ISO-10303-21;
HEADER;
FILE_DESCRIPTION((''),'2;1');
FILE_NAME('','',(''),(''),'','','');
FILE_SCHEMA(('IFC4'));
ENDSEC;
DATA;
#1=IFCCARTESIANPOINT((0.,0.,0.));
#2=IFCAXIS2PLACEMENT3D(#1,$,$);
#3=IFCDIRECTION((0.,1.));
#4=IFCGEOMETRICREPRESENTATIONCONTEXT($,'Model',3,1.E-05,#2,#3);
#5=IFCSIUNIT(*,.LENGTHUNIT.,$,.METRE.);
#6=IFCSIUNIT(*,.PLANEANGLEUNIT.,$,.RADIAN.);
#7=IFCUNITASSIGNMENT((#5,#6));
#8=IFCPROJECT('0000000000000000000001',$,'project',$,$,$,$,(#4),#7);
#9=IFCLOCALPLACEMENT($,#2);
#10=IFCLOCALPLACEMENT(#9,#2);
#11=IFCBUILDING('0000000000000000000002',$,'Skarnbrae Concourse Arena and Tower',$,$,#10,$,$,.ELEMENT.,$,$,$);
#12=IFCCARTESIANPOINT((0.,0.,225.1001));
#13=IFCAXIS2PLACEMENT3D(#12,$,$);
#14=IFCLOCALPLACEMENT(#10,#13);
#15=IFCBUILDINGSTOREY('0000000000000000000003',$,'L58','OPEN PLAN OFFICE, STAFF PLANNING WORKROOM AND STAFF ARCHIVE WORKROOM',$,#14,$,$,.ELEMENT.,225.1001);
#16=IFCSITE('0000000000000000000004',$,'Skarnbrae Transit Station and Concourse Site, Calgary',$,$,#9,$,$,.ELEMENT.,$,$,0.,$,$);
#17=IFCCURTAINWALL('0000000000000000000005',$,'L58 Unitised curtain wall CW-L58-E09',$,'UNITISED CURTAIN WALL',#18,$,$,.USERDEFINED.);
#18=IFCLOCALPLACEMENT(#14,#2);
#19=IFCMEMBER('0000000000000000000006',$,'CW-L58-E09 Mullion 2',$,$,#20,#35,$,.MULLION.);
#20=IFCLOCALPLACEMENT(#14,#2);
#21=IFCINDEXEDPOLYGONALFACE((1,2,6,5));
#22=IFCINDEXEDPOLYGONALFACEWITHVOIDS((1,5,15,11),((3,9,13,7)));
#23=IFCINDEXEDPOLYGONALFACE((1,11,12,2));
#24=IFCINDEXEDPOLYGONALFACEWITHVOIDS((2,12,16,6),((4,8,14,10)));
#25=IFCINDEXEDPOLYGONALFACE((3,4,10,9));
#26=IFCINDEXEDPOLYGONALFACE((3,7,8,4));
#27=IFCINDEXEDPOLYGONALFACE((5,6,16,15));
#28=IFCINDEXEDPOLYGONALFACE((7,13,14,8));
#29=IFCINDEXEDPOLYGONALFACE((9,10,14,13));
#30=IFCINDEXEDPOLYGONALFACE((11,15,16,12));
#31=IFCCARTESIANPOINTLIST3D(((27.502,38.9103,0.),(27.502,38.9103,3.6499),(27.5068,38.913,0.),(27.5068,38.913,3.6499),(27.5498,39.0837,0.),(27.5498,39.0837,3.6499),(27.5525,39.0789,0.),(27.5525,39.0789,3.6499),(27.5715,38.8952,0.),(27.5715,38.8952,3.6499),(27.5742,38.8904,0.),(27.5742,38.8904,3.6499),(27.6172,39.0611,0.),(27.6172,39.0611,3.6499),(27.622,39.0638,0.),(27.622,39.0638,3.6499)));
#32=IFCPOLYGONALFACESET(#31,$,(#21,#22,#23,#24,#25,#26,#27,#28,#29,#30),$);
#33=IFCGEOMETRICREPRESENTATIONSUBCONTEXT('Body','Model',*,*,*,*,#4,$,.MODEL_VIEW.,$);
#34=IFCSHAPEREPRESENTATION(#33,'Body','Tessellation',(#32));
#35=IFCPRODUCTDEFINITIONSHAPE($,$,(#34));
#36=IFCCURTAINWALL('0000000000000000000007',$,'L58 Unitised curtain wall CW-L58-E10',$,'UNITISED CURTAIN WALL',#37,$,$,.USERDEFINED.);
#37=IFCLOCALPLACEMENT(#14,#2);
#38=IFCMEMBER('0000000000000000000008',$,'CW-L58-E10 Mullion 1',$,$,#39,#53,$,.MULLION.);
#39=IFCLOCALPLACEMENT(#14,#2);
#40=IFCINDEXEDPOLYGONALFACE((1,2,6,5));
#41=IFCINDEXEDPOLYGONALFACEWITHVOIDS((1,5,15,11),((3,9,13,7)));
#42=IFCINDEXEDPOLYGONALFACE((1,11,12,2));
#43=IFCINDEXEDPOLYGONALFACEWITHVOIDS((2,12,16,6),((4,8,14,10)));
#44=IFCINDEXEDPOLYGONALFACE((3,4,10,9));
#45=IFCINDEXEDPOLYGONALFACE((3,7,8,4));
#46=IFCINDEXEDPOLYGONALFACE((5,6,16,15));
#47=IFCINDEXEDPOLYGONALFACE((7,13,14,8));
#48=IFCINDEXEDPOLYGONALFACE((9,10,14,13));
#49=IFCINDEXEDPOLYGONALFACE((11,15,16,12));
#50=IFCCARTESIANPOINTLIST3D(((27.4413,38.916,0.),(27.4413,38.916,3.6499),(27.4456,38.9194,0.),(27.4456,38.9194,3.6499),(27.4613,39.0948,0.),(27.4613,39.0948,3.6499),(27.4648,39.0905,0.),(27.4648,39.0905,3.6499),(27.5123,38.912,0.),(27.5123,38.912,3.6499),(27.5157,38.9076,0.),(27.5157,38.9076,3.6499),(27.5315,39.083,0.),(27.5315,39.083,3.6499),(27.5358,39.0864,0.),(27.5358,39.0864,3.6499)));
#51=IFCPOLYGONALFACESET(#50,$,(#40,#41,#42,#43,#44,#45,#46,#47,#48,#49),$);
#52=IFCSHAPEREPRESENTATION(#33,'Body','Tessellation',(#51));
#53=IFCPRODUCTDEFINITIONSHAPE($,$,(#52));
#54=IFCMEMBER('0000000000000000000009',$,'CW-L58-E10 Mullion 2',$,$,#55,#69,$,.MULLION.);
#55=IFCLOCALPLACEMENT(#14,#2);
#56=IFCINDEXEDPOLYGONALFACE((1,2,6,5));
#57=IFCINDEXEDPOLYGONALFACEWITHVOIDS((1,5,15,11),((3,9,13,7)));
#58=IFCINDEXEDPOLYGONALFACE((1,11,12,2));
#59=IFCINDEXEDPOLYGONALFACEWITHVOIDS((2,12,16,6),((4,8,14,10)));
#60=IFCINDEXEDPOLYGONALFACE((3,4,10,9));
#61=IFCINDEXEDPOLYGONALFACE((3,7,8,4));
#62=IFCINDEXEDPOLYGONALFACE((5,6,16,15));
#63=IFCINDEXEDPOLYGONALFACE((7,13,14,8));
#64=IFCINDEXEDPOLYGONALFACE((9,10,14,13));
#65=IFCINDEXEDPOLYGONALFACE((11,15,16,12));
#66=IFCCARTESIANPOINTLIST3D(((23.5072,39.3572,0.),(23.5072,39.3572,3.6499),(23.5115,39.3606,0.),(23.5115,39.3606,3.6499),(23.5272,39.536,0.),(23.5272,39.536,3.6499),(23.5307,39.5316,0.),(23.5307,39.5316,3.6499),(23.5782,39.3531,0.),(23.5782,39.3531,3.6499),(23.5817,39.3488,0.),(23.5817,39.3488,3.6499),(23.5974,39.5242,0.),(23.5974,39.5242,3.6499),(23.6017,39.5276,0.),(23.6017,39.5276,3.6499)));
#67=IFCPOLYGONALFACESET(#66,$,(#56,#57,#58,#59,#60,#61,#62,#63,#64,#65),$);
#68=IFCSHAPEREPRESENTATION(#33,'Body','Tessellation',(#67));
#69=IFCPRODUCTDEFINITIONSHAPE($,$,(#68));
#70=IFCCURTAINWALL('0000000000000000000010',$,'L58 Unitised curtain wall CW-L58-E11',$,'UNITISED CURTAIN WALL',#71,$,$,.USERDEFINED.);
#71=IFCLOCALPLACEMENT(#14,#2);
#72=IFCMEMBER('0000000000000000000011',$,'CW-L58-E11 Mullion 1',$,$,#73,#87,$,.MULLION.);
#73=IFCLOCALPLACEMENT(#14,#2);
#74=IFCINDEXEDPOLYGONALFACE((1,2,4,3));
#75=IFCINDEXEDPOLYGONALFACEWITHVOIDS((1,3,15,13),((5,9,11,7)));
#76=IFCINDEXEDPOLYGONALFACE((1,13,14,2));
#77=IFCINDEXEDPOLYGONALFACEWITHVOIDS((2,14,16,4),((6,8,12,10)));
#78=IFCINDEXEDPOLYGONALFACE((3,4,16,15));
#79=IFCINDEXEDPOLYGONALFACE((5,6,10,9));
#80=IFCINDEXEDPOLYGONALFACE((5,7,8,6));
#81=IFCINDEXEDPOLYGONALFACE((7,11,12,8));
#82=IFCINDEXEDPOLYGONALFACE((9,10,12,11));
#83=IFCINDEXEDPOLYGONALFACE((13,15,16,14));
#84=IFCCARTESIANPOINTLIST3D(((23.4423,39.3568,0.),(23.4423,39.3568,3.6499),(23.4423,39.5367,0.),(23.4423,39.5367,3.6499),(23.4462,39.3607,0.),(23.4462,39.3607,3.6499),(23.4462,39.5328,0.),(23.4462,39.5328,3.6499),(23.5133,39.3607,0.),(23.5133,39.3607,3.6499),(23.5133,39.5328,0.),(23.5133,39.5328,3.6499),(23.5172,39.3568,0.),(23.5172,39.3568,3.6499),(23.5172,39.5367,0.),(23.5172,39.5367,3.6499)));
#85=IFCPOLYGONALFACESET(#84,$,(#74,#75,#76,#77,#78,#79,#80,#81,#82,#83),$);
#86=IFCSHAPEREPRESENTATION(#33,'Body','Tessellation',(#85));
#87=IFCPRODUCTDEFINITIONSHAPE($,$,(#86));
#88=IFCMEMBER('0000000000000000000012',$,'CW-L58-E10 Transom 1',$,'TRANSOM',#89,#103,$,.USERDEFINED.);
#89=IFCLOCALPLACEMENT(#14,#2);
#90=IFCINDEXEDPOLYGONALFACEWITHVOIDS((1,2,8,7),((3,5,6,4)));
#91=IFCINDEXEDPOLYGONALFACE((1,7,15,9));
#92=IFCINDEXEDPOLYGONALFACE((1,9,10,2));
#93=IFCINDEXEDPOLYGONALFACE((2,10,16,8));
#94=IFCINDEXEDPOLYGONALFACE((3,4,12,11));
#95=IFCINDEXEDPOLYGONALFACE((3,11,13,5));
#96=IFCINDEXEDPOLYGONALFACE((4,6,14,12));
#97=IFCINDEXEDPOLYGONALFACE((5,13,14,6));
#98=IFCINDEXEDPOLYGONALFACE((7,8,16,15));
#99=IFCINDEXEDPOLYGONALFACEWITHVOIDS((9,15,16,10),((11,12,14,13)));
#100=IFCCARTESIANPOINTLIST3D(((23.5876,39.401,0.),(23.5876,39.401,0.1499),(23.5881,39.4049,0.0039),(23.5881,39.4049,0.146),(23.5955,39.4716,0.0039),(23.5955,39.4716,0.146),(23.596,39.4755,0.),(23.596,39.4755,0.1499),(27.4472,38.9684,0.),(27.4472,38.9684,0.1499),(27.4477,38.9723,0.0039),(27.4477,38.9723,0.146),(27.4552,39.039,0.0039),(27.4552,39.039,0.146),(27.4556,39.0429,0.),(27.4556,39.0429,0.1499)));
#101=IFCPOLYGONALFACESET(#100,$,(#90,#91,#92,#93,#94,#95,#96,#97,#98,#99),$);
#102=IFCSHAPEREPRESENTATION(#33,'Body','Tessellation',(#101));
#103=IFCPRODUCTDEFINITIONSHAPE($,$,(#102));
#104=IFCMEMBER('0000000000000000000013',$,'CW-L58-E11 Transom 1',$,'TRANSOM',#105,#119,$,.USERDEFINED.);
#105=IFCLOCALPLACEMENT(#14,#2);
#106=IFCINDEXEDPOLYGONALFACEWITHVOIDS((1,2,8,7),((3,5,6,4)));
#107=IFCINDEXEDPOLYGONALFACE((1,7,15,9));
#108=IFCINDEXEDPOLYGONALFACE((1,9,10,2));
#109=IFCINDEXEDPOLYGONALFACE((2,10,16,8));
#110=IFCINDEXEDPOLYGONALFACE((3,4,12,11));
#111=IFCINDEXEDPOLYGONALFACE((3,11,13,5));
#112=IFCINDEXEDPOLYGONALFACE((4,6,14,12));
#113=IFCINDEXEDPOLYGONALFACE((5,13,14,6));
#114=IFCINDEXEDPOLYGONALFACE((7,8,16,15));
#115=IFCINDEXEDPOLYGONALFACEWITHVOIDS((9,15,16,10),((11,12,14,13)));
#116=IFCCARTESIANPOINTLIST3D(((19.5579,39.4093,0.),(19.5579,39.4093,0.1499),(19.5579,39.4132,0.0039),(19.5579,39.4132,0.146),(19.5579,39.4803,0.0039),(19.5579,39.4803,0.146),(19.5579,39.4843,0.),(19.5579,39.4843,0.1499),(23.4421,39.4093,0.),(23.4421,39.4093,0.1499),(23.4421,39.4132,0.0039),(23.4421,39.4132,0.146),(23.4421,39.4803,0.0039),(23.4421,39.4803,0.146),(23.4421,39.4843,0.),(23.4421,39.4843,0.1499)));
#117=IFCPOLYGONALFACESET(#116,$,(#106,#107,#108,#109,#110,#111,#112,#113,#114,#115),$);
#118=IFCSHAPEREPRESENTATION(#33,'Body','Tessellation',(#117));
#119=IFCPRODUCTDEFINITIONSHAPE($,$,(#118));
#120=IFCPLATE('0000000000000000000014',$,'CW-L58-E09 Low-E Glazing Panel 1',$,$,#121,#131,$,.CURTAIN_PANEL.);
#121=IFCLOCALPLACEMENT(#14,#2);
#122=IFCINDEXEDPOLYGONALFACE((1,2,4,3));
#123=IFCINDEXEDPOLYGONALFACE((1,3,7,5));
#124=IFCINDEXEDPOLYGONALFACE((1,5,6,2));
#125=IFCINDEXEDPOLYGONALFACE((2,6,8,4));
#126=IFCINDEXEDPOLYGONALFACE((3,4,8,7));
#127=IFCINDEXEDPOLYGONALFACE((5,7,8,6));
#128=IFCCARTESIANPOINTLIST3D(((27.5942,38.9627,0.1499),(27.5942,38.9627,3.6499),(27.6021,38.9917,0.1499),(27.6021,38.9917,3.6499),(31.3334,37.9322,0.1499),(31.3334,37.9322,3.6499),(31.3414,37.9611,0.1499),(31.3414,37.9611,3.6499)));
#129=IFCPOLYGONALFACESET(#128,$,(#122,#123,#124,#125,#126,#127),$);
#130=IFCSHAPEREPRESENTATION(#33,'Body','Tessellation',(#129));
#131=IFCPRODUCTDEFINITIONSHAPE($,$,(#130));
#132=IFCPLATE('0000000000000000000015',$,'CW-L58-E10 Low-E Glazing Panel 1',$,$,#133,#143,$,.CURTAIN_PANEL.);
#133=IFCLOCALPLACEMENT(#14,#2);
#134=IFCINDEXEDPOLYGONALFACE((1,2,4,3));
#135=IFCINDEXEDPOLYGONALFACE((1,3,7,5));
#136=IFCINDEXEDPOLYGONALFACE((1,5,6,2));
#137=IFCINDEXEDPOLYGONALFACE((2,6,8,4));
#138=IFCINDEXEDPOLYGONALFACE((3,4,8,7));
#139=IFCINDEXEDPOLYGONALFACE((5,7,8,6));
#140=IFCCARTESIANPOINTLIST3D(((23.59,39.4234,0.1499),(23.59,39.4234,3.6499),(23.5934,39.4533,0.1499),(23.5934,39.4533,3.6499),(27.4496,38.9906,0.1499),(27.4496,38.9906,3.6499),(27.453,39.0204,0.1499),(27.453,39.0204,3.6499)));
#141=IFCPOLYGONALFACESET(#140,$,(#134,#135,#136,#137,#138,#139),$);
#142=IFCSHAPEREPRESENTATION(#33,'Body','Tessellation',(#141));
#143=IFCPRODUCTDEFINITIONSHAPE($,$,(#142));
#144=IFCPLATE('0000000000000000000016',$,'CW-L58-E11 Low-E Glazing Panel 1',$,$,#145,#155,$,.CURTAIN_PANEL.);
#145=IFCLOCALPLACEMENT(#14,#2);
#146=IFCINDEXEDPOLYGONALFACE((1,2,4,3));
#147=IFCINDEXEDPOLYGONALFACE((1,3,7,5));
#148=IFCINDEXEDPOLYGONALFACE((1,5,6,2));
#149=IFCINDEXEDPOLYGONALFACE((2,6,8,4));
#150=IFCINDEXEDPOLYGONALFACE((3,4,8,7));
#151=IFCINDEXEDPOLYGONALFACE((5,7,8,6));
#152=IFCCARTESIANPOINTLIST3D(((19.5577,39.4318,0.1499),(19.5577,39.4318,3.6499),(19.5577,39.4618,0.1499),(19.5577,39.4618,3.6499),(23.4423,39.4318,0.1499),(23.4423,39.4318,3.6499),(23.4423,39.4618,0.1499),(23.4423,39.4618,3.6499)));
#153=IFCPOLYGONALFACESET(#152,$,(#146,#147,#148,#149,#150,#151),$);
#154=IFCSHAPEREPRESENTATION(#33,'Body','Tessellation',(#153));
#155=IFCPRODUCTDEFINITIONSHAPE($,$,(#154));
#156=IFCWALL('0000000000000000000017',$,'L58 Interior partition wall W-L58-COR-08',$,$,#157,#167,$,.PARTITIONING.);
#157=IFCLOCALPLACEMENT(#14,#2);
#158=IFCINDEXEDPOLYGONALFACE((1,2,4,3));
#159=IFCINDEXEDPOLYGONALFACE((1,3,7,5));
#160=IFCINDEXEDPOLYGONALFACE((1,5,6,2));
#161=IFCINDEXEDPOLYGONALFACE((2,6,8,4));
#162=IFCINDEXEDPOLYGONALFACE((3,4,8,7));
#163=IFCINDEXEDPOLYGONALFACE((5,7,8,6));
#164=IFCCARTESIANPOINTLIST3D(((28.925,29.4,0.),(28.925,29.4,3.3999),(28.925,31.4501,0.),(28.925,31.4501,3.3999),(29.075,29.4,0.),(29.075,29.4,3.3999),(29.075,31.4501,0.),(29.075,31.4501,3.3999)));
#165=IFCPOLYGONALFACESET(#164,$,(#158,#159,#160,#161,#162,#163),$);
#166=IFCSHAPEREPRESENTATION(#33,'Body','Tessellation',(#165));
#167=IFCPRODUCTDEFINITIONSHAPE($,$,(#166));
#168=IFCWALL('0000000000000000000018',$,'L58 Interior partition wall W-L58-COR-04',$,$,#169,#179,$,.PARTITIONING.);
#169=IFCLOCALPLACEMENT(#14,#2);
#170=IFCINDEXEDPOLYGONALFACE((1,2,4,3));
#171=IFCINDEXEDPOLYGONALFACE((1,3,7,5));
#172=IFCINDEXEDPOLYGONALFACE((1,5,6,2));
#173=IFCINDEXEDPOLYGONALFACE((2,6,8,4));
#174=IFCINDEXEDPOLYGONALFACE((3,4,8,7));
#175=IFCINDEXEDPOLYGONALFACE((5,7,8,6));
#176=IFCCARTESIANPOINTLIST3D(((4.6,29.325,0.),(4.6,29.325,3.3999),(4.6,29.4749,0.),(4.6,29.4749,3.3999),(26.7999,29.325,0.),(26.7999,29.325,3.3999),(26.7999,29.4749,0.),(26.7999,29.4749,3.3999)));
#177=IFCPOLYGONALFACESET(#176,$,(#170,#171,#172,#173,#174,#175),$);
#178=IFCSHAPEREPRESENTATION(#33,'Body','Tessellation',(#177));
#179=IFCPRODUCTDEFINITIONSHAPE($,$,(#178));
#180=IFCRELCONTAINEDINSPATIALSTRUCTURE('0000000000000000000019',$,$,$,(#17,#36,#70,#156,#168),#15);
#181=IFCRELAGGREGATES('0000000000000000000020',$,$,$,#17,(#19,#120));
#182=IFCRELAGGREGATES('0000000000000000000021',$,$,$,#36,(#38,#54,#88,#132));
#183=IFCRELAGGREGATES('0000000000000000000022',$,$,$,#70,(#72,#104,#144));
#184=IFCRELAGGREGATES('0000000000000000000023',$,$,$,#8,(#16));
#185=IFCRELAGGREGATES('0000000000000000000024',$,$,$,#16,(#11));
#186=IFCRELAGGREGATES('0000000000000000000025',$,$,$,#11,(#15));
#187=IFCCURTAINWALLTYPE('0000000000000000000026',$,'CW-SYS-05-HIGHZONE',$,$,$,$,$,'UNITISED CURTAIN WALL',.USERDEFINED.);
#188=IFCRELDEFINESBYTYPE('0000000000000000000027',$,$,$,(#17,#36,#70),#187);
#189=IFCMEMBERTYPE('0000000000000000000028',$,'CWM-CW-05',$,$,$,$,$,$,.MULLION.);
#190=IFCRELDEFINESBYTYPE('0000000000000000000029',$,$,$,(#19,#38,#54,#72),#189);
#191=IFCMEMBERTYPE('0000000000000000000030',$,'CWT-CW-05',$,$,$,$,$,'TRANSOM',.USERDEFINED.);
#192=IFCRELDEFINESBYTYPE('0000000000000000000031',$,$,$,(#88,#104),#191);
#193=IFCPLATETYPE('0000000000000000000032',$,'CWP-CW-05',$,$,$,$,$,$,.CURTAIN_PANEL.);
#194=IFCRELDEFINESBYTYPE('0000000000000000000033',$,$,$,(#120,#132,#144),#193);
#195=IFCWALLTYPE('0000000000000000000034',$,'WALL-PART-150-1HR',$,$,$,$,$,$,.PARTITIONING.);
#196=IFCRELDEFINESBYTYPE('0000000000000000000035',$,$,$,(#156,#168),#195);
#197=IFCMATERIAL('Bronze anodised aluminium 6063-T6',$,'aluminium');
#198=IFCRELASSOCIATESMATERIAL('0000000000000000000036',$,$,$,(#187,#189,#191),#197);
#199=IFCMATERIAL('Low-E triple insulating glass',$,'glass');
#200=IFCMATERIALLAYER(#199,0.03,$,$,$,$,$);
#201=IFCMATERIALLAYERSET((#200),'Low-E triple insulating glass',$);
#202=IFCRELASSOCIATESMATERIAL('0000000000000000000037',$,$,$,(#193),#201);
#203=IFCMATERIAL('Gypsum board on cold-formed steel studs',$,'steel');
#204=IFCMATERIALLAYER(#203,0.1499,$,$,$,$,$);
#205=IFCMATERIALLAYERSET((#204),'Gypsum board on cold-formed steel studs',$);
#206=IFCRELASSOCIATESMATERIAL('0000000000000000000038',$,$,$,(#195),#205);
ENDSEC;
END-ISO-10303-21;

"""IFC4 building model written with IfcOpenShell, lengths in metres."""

from ifc_helpers import new_model, si_unit, direction, frame, frame_2d, origin, origin_2d, place, context, subcontext, project, spatial, rectangle, hollow_rectangle, extrude, source, transform, mapped, material, layer, layer_set, material_profile, profile_set, type_object, element, aggregate, save


model = new_model("IFC4")

# Units and contexts
model_context = context("Model", 3, precision=1e-05, world=origin(), true_north=direction((0.0, 1.0)))
body_context = subcontext(model_context, "Body", "Model", "MODEL_VIEW")
ifc_project = project(units=[si_unit("LENGTHUNIT", "METRE"), si_unit("PLANEANGLEUNIT", "RADIAN")], contexts=[model_context])

# Site, building, storey
site_placement = place(None, origin())
site = spatial("IfcSite", under=ifc_project, at=site_placement, Name="Skarnbrae Transit Station and Concourse Site, Calgary", CompositionType="ELEMENT", RefElevation=0.0)
building_placement = place(site_placement, origin())
building = spatial("IfcBuilding", under=site, at=building_placement, Name="Skarnbrae Concourse Arena and Tower", CompositionType="ELEMENT")
storey_placement = place(building_placement, frame((0.0, 0.0, 225.1001)))
storey = spatial("IfcBuildingStorey", under=building, at=storey_placement, Name="L58", Description="OPEN PLAN OFFICE, STAFF PLANNING WORKROOM AND STAFF ARCHIVE WORKROOM", CompositionType="ELEMENT", Elevation=225.1001)

# Curtain wall, member
ifc_material_1 = material(Name="Bronze anodised aluminium 6063-T6", Category="aluminium")
curtain_wall_type = type_object("IfcCurtainWallType", Name="CW-SYS-05-HIGHZONE", ElementType="UNITISED CURTAIN WALL", PredefinedType="USERDEFINED", material=ifc_material_1)
curtain_wall_1_placement = place(storey_placement, origin())
curtain_wall_1 = element("IfcCurtainWall", 1, at=curtain_wall_1_placement, inside=storey, type_object=curtain_wall_type, Name="L58 Unitised curtain wall CW-L58-E09", ObjectType="UNITISED CURTAIN WALL", PredefinedType="USERDEFINED")
ifc_material_profile_1 = material_profile(ifc_material_1, hollow_rectangle(XDim=0.075, YDim=0.1799, WallThickness=0.0039, at=origin_2d()), Name="ALU-MULL-75X180")
ifc_profile_set_1 = profile_set([ifc_material_profile_1], Name="Bronze anodised aluminium 6063-T6")
member_type_1 = type_object("IfcMemberType", Name="CWM-CW-05", PredefinedType="MULLION", material=ifc_profile_set_1)
shared_shape_1 = source(origin(), body_context, "Body", "SweptSolid", [
    extrude(hollow_rectangle(XDim=0.075, YDim=0.1799, WallThickness=0.0039, at=origin_2d()), origin(), (0.0, 0.0, 1.0), 3.6499),
])
member_1_placement = place(storey_placement, frame((27.562, 38.9871, 0.0), z_axis=(0.0, 0.0, 1.0), x_axis=(-0.964057, 0.265694, 0.0)))
member_1 = element("IfcMember", 2, at=member_1_placement, type_object=member_type_1, Name="CW-L58-E09 Mullion 2", PredefinedType="MULLION", context=body_context, shape_type="MappedRepresentation", body=[
    mapped(shared_shape_1, transform((0.0, 0.0, 0.0))),
])

# Curtain wall, members
curtain_wall_2_placement = place(storey_placement, origin())
curtain_wall_2 = element("IfcCurtainWall", 3, at=curtain_wall_2_placement, inside=storey, type_object=curtain_wall_type, Name="L58 Unitised curtain wall CW-L58-E10", ObjectType="UNITISED CURTAIN WALL", PredefinedType="USERDEFINED")
member_2_placement = place(storey_placement, frame((27.4885, 39.0012, 0.0), z_axis=(0.0, 0.0, 1.0), x_axis=(-0.993769, 0.11146, 0.0)))
member_2 = element("IfcMember", 4, at=member_2_placement, type_object=member_type_1, Name="CW-L58-E10 Mullion 1", PredefinedType="MULLION", context=body_context, shape_type="MappedRepresentation", body=[
    mapped(shared_shape_1, transform((0.0, 0.0, 0.0))),
])
member_3_placement = place(storey_placement, frame((23.5544, 39.4424, 0.0), z_axis=(0.0, 0.0, 1.0), x_axis=(-0.993769, 0.11146, 0.0)))
member_3 = element("IfcMember", 5, at=member_3_placement, type_object=member_type_1, Name="CW-L58-E10 Mullion 2", PredefinedType="MULLION", context=body_context, shape_type="MappedRepresentation", body=[
    mapped(shared_shape_1, transform((0.0, 0.0, 0.0))),
])

# Curtain wall, member
curtain_wall_3_placement = place(storey_placement, origin())
curtain_wall_3 = element("IfcCurtainWall", 6, at=curtain_wall_3_placement, inside=storey, type_object=curtain_wall_type, Name="L58 Unitised curtain wall CW-L58-E11", ObjectType="UNITISED CURTAIN WALL", PredefinedType="USERDEFINED")
member_4_placement = place(storey_placement, frame((23.4797, 39.4468, 0.0), z_axis=(0.0, 0.0, 1.0), x_axis=(-1.0, 0.0, 0.0)))
member_4 = element("IfcMember", 7, at=member_4_placement, type_object=member_type_1, Name="CW-L58-E11 Mullion 1", PredefinedType="MULLION", context=body_context, shape_type="MappedRepresentation", body=[
    mapped(shared_shape_1, transform((0.0, 0.0, 0.0))),
])

# Members
ifc_material_profile_2 = material_profile(ifc_material_1, hollow_rectangle(XDim=0.075, YDim=0.1499, WallThickness=0.0039, at=origin_2d()), Name="ALU-TRAN-75X150")
ifc_profile_set_2 = profile_set([ifc_material_profile_2], Name="Bronze anodised aluminium 6063-T6")
member_type_2 = type_object("IfcMemberType", Name="CWT-CW-05", ElementType="TRANSOM", PredefinedType="USERDEFINED", material=ifc_profile_set_2)
shared_shape_2 = source(origin(), body_context, "Body", "SweptSolid", [
    extrude(hollow_rectangle(XDim=0.075, YDim=0.1499, WallThickness=0.0039, at=origin_2d()), origin(), (0.0, 0.0, 1.0), 3.8838),
])
member_5_placement = place(storey_placement, frame((27.4514, 39.0056, 0.075), z_axis=(-0.993777, 0.11139, 0.0), x_axis=(-0.11139, -0.993777, 0.0)))
member_5 = element("IfcMember", 8, at=member_5_placement, type_object=member_type_2, Name="CW-L58-E10 Transom 1", ObjectType="TRANSOM", PredefinedType="USERDEFINED", context=body_context, shape_type="MappedRepresentation", body=[
    mapped(shared_shape_2, transform((0.0, 0.0, 0.0))),
])
shared_shape_3 = source(origin(), body_context, "Body", "SweptSolid", [
    extrude(hollow_rectangle(XDim=0.075, YDim=0.1499, WallThickness=0.0039, at=origin_2d()), origin(), (0.0, 0.0, 1.0), 3.8843),
])
member_6_placement = place(storey_placement, frame((23.4421, 39.4468, 0.075), z_axis=(-1.0, 0.0, 0.0), x_axis=(0.0, -1.0, 0.0)))
member_6 = element("IfcMember", 9, at=member_6_placement, type_object=member_type_2, Name="CW-L58-E11 Transom 1", ObjectType="TRANSOM", PredefinedType="USERDEFINED", context=body_context, shape_type="MappedRepresentation", body=[
    mapped(shared_shape_3, transform((0.0, 0.0, 0.0))),
])

# Plates
ifc_material_2 = material(Name="Low-E triple insulating glass", Category="glass")
ifc_layer_1 = layer(ifc_material_2, 0.03)
ifc_layer_set_1 = layer_set([ifc_layer_1], Name="Low-E triple insulating glass")
plate_type = type_object("IfcPlateType", Name="CWP-CW-05", PredefinedType="CURTAIN_PANEL", material=ifc_layer_set_1)
shared_shape_4 = source(origin(), body_context, "Body", "SweptSolid", [
    extrude(rectangle(XDim=3.8787, YDim=0.03, at=origin_2d()), origin(), (0.0, 0.0, 1.0), 3.5),
])
plate_1_placement = place(storey_placement, frame((29.4678, 38.4619, 0.1499), z_axis=(0.0, 0.0, 1.0), x_axis=(-0.964057, 0.265694, 0.0)))
plate_1 = element("IfcPlate", 10, at=plate_1_placement, type_object=plate_type, Name="CW-L58-E09 Low-E Glazing Panel 1", PredefinedType="CURTAIN_PANEL", context=body_context, shape_type="MappedRepresentation", body=[
    mapped(shared_shape_4, transform((0.0, 0.0, 0.0))),
])
aggregate(curtain_wall_1, [member_1, plate_1])
shared_shape_5 = source(origin(), body_context, "Body", "SweptSolid", [
    extrude(rectangle(XDim=3.8838, YDim=0.03, at=origin_2d()), origin(), (0.0, 0.0, 1.0), 3.5),
])
plate_2_placement = place(storey_placement, frame((25.5215, 39.2219, 0.1499), z_axis=(0.0, 0.0, 1.0), x_axis=(-0.993769, 0.11146, 0.0)))
plate_2 = element("IfcPlate", 11, at=plate_2_placement, type_object=plate_type, Name="CW-L58-E10 Low-E Glazing Panel 1", PredefinedType="CURTAIN_PANEL", context=body_context, shape_type="MappedRepresentation", body=[
    mapped(shared_shape_5, transform((0.0, 0.0, 0.0))),
])
aggregate(curtain_wall_2, [member_2, member_3, member_5, plate_2])
shared_shape_6 = source(origin(), body_context, "Body", "SweptSolid", [
    extrude(rectangle(XDim=3.8845, YDim=0.03, at=origin_2d()), origin(), (0.0, 0.0, 1.0), 3.5),
])
plate_3_placement = place(storey_placement, frame((21.5, 39.4468, 0.1499), z_axis=(0.0, 0.0, 1.0), x_axis=(-1.0, 0.0, 0.0)))
plate_3 = element("IfcPlate", 12, at=plate_3_placement, type_object=plate_type, Name="CW-L58-E11 Low-E Glazing Panel 1", PredefinedType="CURTAIN_PANEL", context=body_context, shape_type="MappedRepresentation", body=[
    mapped(shared_shape_6, transform((0.0, 0.0, 0.0))),
])
aggregate(curtain_wall_3, [member_4, member_6, plate_3])

# Wall
ifc_material_3 = material(Name="Gypsum board on cold-formed steel studs", Category="steel")
ifc_layer_2 = layer(ifc_material_3, 0.1499)
ifc_layer_set_2 = layer_set([ifc_layer_2], Name="Gypsum board on cold-formed steel studs")
wall_type_1 = type_object("IfcWallType", Name="WALL-PART-150-1HR", PredefinedType="PARTITIONING", material=ifc_layer_set_2)
shared_shape_7 = source(origin(), body_context, "Body", "SweptSolid", [
    extrude(rectangle(XDim=2.05, YDim=0.1499, at=frame_2d((1.0249, 0.0))), origin(), (0.0, 0.0, 1.0), 3.3999),
])
wall_1_placement = place(storey_placement, frame((29.0, 31.45, 0.0), z_axis=(0.0, 0.0, 1.0), x_axis=(0.0, -1.0, 0.0)))
element("IfcWall", 13, at=wall_1_placement, inside=storey, type_object=wall_type_1, Name="L58 Interior partition wall W-L58-COR-08", PredefinedType="PARTITIONING", context=body_context, shape_type="MappedRepresentation", body=[
    mapped(shared_shape_7, transform((0.0, 0.0, 0.0))),
])

# Wall
shared_shape_8 = source(origin(), body_context, "Body", "SweptSolid", [
    extrude(rectangle(XDim=22.2, YDim=0.1499, at=frame_2d((11.1001, 0.0))), origin(), (0.0, 0.0, 1.0), 3.3999),
])
wall_2_placement = place(storey_placement, frame((26.8, 29.3999, 0.0), z_axis=(0.0, 0.0, 1.0), x_axis=(-1.0, 0.0, 0.0)))
element("IfcWall", 14, at=wall_2_placement, inside=storey, type_object=wall_type_1, Name="L58 Interior partition wall W-L58-COR-04", PredefinedType="PARTITIONING", context=body_context, shape_type="MappedRepresentation", body=[
    mapped(shared_shape_8, transform((0.0, 0.0, 0.0))),
])

save(model, "model.ifc")
